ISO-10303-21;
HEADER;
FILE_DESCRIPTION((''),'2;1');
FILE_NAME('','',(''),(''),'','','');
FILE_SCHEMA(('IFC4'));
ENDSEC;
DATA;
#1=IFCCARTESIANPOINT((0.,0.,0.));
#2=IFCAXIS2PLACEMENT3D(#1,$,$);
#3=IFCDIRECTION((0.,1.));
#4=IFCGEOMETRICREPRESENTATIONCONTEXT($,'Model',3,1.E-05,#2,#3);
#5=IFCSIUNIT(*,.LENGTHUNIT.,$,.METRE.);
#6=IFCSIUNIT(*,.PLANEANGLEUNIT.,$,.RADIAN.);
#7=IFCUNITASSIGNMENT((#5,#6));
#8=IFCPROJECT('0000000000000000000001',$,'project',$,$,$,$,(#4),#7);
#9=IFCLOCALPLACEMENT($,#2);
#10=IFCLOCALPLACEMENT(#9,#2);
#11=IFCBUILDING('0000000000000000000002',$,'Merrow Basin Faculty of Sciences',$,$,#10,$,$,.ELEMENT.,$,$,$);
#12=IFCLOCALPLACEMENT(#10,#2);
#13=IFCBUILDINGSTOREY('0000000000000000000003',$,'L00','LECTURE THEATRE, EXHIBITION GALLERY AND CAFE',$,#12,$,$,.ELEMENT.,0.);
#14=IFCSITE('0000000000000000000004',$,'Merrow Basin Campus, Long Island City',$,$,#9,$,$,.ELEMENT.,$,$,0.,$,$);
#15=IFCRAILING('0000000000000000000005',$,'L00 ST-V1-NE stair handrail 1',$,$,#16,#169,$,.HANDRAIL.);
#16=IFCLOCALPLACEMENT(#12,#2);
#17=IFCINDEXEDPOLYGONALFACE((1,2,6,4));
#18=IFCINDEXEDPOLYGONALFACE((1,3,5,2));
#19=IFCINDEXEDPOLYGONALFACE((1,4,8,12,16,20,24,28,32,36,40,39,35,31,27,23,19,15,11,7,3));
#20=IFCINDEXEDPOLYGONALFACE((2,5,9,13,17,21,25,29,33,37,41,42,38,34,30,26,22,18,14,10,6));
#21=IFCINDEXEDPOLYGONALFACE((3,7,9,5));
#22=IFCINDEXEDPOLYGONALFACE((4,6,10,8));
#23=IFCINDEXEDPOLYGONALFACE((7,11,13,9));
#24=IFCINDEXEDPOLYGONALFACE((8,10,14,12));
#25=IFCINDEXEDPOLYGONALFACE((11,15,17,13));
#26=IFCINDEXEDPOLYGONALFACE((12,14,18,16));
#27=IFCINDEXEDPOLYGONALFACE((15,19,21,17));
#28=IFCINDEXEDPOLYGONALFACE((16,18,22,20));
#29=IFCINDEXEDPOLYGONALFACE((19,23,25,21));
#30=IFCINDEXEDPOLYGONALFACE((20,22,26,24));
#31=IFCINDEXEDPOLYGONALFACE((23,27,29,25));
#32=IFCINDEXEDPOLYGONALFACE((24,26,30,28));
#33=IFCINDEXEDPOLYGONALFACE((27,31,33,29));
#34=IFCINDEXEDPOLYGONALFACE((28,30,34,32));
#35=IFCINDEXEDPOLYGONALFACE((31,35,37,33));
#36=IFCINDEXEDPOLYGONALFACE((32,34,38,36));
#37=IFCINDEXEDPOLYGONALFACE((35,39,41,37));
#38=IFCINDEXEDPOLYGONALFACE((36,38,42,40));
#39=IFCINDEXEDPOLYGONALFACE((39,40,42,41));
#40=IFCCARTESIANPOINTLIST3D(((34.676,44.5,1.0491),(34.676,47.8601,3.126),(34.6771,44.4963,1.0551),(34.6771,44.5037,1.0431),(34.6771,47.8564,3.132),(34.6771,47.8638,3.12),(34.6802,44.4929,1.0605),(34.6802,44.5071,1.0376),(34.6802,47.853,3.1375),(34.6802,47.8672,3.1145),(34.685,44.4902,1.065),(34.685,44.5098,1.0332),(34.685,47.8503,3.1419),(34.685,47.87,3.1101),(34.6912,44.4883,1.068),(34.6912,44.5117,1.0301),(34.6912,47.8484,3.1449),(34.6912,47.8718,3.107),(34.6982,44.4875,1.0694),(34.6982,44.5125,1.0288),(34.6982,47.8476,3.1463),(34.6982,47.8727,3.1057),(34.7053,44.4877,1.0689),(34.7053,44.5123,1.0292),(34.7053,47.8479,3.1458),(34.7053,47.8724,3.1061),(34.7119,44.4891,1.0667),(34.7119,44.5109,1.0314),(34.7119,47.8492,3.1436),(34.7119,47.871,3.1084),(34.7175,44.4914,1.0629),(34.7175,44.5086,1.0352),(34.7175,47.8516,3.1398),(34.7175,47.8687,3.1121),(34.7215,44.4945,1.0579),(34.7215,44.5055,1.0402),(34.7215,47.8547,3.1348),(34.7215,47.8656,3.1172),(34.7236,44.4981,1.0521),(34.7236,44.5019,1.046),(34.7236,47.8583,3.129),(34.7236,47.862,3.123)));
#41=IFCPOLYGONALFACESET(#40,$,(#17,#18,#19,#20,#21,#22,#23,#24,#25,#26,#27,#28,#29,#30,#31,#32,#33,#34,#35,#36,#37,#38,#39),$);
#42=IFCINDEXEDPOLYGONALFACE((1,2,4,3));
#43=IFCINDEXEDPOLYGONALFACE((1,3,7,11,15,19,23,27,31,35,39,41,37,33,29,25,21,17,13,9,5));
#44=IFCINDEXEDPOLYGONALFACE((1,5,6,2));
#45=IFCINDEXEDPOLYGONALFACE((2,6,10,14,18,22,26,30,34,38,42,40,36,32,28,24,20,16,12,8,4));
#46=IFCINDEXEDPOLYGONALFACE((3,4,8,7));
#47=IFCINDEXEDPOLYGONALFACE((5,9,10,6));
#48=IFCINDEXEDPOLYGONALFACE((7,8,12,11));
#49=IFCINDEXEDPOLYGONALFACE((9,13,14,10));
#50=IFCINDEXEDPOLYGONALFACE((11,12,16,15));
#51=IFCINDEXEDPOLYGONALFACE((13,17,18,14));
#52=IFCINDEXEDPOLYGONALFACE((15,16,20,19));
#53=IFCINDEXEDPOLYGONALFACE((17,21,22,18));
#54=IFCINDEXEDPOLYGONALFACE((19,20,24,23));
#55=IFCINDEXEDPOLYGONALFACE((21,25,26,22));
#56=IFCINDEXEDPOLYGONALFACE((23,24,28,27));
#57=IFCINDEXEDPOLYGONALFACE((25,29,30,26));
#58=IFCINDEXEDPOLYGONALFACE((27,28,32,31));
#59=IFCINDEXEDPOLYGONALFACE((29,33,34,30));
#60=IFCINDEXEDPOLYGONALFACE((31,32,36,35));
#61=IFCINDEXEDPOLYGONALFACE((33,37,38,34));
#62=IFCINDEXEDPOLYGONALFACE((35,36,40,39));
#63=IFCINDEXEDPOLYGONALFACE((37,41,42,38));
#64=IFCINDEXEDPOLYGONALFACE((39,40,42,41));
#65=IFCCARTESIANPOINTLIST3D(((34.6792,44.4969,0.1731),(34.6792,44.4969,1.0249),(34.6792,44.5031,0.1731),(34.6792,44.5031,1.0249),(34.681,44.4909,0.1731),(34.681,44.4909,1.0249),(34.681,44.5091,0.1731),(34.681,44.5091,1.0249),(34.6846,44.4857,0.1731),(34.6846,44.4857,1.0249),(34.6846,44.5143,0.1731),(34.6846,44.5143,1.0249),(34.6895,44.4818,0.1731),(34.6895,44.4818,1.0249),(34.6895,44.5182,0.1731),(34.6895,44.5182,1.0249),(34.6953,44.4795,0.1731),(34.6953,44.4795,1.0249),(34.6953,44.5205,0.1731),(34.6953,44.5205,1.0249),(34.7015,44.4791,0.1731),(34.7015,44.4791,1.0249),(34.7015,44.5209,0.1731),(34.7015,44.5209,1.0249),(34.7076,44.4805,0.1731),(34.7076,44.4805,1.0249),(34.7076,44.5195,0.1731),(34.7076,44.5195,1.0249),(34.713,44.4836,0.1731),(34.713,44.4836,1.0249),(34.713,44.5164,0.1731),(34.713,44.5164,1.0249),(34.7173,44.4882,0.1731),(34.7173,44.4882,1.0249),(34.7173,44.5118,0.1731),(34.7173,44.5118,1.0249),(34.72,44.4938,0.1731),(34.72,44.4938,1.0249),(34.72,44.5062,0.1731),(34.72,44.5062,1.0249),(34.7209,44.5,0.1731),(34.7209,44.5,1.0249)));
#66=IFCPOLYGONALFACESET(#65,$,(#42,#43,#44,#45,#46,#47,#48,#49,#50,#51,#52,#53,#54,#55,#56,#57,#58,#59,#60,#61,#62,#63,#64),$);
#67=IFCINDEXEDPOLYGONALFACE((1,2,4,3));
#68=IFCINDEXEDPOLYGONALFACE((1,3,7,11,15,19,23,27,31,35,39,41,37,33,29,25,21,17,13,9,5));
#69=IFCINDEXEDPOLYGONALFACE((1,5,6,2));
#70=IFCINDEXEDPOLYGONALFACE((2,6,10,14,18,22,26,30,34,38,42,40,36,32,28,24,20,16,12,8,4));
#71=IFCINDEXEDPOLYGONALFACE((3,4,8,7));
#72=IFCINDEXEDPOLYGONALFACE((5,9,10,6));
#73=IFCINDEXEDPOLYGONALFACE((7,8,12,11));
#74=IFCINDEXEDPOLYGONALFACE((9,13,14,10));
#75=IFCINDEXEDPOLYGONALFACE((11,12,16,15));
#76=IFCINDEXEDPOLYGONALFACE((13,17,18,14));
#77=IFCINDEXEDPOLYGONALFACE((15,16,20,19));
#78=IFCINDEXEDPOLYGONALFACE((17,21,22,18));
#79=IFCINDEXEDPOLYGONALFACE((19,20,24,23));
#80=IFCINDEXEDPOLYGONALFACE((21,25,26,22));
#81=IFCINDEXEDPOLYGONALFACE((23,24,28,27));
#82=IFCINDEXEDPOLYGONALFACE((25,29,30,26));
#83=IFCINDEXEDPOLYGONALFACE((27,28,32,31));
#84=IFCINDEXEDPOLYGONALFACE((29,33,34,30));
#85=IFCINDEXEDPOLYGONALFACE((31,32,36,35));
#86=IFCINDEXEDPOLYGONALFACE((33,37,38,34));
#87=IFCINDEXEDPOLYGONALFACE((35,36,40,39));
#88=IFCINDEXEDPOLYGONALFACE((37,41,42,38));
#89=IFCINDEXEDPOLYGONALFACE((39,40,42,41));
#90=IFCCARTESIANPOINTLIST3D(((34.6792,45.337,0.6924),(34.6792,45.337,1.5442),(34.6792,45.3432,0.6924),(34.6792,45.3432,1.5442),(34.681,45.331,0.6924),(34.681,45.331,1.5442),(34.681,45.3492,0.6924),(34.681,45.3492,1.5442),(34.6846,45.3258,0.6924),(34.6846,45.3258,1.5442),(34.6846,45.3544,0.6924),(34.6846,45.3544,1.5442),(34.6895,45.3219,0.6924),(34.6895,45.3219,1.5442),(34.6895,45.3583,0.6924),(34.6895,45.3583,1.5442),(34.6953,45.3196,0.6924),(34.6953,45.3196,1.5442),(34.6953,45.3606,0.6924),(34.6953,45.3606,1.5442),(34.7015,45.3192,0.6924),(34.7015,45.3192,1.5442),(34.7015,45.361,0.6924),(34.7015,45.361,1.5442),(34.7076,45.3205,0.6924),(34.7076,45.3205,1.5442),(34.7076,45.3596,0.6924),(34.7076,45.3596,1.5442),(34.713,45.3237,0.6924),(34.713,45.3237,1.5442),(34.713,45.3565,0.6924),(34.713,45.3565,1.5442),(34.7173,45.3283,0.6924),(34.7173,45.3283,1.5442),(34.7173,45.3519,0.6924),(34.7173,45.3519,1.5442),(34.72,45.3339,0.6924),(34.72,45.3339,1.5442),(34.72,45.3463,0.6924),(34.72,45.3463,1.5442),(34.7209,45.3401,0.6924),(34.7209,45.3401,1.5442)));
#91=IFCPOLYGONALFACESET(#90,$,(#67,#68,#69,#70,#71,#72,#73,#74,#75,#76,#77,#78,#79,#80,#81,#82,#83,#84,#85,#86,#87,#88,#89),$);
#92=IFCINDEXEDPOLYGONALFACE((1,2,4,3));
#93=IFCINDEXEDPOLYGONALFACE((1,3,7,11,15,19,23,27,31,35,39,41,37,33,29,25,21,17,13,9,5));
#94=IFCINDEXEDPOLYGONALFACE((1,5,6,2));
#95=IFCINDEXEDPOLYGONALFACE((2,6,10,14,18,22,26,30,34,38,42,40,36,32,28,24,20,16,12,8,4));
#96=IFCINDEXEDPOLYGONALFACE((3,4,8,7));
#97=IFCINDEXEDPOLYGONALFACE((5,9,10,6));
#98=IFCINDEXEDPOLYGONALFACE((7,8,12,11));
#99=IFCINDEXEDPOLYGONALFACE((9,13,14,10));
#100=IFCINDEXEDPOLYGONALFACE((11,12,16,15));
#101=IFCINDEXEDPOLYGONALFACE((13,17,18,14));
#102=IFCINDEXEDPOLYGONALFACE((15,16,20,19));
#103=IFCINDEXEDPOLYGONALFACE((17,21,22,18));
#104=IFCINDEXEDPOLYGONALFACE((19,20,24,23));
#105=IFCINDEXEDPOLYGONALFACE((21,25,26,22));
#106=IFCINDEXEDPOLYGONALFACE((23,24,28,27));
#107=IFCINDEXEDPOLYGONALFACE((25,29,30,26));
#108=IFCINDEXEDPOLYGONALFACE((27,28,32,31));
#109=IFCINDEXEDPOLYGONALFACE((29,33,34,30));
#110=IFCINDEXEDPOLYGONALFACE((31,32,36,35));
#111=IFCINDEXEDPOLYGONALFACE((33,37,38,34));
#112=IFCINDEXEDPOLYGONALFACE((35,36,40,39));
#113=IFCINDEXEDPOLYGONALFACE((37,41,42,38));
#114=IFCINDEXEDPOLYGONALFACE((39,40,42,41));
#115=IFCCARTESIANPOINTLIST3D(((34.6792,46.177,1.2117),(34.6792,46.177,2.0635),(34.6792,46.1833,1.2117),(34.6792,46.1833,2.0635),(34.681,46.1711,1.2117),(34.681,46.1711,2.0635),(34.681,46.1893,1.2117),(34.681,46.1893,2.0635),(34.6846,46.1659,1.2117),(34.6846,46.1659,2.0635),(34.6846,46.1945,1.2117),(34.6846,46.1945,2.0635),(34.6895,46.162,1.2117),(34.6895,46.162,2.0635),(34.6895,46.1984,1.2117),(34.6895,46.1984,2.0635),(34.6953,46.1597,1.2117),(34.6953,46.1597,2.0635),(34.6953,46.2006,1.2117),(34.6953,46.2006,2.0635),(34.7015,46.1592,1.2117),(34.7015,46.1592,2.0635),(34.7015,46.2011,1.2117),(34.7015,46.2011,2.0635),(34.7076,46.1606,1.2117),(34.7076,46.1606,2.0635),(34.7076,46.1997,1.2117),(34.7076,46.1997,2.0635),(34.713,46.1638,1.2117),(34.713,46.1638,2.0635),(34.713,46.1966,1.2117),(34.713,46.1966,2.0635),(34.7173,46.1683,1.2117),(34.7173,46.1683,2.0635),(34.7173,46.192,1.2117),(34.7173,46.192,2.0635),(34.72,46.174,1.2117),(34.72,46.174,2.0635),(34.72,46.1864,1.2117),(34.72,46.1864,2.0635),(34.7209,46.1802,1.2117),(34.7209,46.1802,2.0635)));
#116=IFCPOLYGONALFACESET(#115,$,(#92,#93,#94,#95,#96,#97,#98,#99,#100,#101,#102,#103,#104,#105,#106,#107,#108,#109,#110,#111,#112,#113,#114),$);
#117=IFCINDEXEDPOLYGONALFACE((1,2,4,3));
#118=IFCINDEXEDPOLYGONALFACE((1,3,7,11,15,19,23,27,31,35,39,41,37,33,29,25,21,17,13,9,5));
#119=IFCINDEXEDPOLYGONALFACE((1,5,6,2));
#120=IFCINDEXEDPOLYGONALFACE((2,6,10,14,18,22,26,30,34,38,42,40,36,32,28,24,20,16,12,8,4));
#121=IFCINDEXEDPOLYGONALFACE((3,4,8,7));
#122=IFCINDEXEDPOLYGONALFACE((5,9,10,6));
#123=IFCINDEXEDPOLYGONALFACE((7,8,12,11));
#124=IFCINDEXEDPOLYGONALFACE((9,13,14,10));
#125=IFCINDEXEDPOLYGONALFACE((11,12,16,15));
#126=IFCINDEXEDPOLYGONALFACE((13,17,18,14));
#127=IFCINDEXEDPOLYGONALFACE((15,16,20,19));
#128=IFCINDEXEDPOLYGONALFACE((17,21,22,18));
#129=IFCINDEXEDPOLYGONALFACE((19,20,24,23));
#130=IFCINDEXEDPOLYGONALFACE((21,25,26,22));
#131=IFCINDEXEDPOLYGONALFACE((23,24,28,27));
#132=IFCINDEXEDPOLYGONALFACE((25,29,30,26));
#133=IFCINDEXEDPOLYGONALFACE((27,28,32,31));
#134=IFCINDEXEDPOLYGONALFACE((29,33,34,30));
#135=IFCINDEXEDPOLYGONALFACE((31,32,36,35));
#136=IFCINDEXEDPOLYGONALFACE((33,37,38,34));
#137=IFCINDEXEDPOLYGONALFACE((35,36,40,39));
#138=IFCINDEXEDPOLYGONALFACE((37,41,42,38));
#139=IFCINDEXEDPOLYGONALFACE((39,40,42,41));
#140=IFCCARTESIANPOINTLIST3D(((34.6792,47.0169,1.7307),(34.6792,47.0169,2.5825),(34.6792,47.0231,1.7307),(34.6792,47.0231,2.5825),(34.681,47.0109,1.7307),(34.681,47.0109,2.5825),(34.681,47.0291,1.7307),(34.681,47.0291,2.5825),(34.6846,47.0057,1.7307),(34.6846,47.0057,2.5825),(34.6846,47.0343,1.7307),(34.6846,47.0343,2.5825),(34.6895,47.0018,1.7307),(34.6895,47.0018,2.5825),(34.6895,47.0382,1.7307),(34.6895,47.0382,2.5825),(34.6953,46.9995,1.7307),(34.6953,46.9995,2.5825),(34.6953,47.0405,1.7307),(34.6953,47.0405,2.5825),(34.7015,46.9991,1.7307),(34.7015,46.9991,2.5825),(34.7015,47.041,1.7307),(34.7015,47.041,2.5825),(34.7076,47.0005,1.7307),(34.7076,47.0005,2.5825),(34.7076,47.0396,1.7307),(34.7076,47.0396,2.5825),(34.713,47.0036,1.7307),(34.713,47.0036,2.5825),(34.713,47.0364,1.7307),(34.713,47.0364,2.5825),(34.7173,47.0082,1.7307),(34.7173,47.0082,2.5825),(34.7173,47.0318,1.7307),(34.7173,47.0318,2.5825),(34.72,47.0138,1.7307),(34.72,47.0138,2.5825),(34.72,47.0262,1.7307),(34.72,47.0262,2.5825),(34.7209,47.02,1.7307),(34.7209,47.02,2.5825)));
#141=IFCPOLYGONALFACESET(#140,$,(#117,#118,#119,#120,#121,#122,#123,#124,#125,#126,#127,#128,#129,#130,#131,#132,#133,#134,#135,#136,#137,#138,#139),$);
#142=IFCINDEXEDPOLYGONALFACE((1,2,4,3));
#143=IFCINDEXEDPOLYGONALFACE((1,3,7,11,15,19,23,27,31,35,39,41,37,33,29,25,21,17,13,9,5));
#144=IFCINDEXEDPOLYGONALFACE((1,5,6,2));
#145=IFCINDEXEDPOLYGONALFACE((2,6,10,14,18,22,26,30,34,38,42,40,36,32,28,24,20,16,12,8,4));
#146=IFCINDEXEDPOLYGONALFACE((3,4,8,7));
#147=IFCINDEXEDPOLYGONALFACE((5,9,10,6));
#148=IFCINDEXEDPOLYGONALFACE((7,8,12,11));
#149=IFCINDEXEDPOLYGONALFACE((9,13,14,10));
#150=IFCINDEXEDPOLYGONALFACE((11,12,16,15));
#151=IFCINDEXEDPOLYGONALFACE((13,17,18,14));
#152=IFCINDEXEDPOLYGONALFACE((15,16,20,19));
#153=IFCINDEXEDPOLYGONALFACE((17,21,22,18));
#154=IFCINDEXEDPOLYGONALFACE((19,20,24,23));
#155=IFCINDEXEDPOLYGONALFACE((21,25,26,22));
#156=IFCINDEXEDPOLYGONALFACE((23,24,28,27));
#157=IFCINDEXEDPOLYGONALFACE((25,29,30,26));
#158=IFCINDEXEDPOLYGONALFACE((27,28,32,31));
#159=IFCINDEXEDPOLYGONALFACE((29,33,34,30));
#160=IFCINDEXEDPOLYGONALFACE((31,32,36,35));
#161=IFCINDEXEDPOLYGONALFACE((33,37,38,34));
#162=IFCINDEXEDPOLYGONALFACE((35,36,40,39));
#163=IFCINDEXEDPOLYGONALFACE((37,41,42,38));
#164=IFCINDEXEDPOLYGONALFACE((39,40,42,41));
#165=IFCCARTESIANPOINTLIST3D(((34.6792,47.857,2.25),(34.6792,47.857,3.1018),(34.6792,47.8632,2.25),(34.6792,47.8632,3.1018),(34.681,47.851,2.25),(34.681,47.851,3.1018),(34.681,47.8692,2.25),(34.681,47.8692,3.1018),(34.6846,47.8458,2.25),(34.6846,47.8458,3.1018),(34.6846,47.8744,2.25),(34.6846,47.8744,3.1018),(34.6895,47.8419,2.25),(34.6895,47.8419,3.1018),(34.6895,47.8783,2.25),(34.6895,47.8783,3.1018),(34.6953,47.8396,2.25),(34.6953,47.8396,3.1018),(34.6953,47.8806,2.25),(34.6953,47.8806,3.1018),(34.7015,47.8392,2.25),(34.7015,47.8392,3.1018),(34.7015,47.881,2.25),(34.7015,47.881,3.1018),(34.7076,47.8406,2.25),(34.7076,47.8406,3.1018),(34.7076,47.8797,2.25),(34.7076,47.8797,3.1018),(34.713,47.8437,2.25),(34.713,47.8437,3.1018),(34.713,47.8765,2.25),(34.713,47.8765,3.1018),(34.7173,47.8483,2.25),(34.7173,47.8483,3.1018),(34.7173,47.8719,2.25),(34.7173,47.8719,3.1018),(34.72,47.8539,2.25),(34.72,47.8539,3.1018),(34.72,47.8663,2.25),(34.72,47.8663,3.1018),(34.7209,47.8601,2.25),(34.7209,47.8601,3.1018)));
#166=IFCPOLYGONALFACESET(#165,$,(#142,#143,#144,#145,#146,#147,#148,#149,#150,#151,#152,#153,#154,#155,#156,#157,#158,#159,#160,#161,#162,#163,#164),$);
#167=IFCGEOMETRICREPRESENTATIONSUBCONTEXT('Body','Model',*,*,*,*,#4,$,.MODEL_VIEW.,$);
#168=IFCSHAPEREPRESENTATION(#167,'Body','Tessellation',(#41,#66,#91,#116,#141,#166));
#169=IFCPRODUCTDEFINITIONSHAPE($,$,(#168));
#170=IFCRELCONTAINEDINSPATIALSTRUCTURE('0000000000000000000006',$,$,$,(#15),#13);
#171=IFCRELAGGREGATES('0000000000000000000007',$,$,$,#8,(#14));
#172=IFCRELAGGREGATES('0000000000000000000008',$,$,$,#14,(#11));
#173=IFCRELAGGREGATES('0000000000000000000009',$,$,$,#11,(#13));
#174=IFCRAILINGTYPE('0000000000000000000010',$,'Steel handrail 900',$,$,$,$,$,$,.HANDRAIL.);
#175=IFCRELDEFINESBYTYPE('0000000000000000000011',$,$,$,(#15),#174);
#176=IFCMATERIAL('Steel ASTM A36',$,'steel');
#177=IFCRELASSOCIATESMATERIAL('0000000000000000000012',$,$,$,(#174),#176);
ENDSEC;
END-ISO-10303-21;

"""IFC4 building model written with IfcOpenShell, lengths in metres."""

from ifc_helpers import new_model, si_unit, direction, frame, origin, origin_2d, place, context, subcontext, project, spatial, circle, extrude, material, type_object, element, save


model = new_model("IFC4")

# Units and contexts
model_context = context("Model", 3, precision=1e-05, world=origin(), true_north=direction((0.0, 1.0)))
body_context = subcontext(model_context, "Body", "Model", "MODEL_VIEW")
ifc_project = project(units=[si_unit("LENGTHUNIT", "METRE"), si_unit("PLANEANGLEUNIT", "RADIAN")], contexts=[model_context])

# Site, building, storey
site_placement = place(None, origin())
site = spatial("IfcSite", under=ifc_project, at=site_placement, Name="Merrow Basin Campus, Long Island City", CompositionType="ELEMENT", RefElevation=0.0)
building_placement = place(site_placement, origin())
building = spatial("IfcBuilding", under=site, at=building_placement, Name="Merrow Basin Faculty of Sciences", CompositionType="ELEMENT")
storey_placement = place(building_placement, origin())
storey = spatial("IfcBuildingStorey", under=building, at=storey_placement, Name="L00", Description="LECTURE THEATRE, EXHIBITION GALLERY AND CAFE", CompositionType="ELEMENT", Elevation=0.0)

# Railing
ifc_material_1 = material(Name="Steel ASTM A36", Category="steel")
railing_type_1 = type_object("IfcRailingType", Name="Steel handrail 900", PredefinedType="HANDRAIL", material=ifc_material_1)
railing_1_placement = place(storey_placement, frame((34.7, 44.5, 0.1731)))
element("IfcRailing", 1, at=railing_1_placement, inside=storey, type_object=railing_type_1, Name="L00 ST-V1-NE stair handrail 1", PredefinedType="HANDRAIL", context=body_context, shape_type="SweptSolid", body=[
    extrude(circle(Radius=0.0239, at=origin_2d()), frame((0.0, 0.0, 0.876), z_axis=(0.0, 0.850623, 0.525776), x_axis=(-1.0, 0.0, 0.0)), (0.0, 0.0, 1.0), 3.9502),
    extrude(circle(Radius=0.021, at=origin_2d()), origin(), (0.0, 0.0, 1.0), 0.8518),
    extrude(circle(Radius=0.021, at=origin_2d()), frame((0.0, 0.8401, 0.5193)), (0.0, 0.0, 1.0), 0.8518),
    extrude(circle(Radius=0.021, at=origin_2d()), frame((0.0, 1.6802, 1.0386)), (0.0, 0.0, 1.0), 0.8518),
    extrude(circle(Radius=0.021, at=origin_2d()), frame((0.0, 2.52, 1.5576)), (0.0, 0.0, 1.0), 0.8518),
    extrude(circle(Radius=0.021, at=origin_2d()), frame((0.0, 3.3601, 2.0769)), (0.0, 0.0, 1.0), 0.8518),
])

save(model, "model.ifc")
